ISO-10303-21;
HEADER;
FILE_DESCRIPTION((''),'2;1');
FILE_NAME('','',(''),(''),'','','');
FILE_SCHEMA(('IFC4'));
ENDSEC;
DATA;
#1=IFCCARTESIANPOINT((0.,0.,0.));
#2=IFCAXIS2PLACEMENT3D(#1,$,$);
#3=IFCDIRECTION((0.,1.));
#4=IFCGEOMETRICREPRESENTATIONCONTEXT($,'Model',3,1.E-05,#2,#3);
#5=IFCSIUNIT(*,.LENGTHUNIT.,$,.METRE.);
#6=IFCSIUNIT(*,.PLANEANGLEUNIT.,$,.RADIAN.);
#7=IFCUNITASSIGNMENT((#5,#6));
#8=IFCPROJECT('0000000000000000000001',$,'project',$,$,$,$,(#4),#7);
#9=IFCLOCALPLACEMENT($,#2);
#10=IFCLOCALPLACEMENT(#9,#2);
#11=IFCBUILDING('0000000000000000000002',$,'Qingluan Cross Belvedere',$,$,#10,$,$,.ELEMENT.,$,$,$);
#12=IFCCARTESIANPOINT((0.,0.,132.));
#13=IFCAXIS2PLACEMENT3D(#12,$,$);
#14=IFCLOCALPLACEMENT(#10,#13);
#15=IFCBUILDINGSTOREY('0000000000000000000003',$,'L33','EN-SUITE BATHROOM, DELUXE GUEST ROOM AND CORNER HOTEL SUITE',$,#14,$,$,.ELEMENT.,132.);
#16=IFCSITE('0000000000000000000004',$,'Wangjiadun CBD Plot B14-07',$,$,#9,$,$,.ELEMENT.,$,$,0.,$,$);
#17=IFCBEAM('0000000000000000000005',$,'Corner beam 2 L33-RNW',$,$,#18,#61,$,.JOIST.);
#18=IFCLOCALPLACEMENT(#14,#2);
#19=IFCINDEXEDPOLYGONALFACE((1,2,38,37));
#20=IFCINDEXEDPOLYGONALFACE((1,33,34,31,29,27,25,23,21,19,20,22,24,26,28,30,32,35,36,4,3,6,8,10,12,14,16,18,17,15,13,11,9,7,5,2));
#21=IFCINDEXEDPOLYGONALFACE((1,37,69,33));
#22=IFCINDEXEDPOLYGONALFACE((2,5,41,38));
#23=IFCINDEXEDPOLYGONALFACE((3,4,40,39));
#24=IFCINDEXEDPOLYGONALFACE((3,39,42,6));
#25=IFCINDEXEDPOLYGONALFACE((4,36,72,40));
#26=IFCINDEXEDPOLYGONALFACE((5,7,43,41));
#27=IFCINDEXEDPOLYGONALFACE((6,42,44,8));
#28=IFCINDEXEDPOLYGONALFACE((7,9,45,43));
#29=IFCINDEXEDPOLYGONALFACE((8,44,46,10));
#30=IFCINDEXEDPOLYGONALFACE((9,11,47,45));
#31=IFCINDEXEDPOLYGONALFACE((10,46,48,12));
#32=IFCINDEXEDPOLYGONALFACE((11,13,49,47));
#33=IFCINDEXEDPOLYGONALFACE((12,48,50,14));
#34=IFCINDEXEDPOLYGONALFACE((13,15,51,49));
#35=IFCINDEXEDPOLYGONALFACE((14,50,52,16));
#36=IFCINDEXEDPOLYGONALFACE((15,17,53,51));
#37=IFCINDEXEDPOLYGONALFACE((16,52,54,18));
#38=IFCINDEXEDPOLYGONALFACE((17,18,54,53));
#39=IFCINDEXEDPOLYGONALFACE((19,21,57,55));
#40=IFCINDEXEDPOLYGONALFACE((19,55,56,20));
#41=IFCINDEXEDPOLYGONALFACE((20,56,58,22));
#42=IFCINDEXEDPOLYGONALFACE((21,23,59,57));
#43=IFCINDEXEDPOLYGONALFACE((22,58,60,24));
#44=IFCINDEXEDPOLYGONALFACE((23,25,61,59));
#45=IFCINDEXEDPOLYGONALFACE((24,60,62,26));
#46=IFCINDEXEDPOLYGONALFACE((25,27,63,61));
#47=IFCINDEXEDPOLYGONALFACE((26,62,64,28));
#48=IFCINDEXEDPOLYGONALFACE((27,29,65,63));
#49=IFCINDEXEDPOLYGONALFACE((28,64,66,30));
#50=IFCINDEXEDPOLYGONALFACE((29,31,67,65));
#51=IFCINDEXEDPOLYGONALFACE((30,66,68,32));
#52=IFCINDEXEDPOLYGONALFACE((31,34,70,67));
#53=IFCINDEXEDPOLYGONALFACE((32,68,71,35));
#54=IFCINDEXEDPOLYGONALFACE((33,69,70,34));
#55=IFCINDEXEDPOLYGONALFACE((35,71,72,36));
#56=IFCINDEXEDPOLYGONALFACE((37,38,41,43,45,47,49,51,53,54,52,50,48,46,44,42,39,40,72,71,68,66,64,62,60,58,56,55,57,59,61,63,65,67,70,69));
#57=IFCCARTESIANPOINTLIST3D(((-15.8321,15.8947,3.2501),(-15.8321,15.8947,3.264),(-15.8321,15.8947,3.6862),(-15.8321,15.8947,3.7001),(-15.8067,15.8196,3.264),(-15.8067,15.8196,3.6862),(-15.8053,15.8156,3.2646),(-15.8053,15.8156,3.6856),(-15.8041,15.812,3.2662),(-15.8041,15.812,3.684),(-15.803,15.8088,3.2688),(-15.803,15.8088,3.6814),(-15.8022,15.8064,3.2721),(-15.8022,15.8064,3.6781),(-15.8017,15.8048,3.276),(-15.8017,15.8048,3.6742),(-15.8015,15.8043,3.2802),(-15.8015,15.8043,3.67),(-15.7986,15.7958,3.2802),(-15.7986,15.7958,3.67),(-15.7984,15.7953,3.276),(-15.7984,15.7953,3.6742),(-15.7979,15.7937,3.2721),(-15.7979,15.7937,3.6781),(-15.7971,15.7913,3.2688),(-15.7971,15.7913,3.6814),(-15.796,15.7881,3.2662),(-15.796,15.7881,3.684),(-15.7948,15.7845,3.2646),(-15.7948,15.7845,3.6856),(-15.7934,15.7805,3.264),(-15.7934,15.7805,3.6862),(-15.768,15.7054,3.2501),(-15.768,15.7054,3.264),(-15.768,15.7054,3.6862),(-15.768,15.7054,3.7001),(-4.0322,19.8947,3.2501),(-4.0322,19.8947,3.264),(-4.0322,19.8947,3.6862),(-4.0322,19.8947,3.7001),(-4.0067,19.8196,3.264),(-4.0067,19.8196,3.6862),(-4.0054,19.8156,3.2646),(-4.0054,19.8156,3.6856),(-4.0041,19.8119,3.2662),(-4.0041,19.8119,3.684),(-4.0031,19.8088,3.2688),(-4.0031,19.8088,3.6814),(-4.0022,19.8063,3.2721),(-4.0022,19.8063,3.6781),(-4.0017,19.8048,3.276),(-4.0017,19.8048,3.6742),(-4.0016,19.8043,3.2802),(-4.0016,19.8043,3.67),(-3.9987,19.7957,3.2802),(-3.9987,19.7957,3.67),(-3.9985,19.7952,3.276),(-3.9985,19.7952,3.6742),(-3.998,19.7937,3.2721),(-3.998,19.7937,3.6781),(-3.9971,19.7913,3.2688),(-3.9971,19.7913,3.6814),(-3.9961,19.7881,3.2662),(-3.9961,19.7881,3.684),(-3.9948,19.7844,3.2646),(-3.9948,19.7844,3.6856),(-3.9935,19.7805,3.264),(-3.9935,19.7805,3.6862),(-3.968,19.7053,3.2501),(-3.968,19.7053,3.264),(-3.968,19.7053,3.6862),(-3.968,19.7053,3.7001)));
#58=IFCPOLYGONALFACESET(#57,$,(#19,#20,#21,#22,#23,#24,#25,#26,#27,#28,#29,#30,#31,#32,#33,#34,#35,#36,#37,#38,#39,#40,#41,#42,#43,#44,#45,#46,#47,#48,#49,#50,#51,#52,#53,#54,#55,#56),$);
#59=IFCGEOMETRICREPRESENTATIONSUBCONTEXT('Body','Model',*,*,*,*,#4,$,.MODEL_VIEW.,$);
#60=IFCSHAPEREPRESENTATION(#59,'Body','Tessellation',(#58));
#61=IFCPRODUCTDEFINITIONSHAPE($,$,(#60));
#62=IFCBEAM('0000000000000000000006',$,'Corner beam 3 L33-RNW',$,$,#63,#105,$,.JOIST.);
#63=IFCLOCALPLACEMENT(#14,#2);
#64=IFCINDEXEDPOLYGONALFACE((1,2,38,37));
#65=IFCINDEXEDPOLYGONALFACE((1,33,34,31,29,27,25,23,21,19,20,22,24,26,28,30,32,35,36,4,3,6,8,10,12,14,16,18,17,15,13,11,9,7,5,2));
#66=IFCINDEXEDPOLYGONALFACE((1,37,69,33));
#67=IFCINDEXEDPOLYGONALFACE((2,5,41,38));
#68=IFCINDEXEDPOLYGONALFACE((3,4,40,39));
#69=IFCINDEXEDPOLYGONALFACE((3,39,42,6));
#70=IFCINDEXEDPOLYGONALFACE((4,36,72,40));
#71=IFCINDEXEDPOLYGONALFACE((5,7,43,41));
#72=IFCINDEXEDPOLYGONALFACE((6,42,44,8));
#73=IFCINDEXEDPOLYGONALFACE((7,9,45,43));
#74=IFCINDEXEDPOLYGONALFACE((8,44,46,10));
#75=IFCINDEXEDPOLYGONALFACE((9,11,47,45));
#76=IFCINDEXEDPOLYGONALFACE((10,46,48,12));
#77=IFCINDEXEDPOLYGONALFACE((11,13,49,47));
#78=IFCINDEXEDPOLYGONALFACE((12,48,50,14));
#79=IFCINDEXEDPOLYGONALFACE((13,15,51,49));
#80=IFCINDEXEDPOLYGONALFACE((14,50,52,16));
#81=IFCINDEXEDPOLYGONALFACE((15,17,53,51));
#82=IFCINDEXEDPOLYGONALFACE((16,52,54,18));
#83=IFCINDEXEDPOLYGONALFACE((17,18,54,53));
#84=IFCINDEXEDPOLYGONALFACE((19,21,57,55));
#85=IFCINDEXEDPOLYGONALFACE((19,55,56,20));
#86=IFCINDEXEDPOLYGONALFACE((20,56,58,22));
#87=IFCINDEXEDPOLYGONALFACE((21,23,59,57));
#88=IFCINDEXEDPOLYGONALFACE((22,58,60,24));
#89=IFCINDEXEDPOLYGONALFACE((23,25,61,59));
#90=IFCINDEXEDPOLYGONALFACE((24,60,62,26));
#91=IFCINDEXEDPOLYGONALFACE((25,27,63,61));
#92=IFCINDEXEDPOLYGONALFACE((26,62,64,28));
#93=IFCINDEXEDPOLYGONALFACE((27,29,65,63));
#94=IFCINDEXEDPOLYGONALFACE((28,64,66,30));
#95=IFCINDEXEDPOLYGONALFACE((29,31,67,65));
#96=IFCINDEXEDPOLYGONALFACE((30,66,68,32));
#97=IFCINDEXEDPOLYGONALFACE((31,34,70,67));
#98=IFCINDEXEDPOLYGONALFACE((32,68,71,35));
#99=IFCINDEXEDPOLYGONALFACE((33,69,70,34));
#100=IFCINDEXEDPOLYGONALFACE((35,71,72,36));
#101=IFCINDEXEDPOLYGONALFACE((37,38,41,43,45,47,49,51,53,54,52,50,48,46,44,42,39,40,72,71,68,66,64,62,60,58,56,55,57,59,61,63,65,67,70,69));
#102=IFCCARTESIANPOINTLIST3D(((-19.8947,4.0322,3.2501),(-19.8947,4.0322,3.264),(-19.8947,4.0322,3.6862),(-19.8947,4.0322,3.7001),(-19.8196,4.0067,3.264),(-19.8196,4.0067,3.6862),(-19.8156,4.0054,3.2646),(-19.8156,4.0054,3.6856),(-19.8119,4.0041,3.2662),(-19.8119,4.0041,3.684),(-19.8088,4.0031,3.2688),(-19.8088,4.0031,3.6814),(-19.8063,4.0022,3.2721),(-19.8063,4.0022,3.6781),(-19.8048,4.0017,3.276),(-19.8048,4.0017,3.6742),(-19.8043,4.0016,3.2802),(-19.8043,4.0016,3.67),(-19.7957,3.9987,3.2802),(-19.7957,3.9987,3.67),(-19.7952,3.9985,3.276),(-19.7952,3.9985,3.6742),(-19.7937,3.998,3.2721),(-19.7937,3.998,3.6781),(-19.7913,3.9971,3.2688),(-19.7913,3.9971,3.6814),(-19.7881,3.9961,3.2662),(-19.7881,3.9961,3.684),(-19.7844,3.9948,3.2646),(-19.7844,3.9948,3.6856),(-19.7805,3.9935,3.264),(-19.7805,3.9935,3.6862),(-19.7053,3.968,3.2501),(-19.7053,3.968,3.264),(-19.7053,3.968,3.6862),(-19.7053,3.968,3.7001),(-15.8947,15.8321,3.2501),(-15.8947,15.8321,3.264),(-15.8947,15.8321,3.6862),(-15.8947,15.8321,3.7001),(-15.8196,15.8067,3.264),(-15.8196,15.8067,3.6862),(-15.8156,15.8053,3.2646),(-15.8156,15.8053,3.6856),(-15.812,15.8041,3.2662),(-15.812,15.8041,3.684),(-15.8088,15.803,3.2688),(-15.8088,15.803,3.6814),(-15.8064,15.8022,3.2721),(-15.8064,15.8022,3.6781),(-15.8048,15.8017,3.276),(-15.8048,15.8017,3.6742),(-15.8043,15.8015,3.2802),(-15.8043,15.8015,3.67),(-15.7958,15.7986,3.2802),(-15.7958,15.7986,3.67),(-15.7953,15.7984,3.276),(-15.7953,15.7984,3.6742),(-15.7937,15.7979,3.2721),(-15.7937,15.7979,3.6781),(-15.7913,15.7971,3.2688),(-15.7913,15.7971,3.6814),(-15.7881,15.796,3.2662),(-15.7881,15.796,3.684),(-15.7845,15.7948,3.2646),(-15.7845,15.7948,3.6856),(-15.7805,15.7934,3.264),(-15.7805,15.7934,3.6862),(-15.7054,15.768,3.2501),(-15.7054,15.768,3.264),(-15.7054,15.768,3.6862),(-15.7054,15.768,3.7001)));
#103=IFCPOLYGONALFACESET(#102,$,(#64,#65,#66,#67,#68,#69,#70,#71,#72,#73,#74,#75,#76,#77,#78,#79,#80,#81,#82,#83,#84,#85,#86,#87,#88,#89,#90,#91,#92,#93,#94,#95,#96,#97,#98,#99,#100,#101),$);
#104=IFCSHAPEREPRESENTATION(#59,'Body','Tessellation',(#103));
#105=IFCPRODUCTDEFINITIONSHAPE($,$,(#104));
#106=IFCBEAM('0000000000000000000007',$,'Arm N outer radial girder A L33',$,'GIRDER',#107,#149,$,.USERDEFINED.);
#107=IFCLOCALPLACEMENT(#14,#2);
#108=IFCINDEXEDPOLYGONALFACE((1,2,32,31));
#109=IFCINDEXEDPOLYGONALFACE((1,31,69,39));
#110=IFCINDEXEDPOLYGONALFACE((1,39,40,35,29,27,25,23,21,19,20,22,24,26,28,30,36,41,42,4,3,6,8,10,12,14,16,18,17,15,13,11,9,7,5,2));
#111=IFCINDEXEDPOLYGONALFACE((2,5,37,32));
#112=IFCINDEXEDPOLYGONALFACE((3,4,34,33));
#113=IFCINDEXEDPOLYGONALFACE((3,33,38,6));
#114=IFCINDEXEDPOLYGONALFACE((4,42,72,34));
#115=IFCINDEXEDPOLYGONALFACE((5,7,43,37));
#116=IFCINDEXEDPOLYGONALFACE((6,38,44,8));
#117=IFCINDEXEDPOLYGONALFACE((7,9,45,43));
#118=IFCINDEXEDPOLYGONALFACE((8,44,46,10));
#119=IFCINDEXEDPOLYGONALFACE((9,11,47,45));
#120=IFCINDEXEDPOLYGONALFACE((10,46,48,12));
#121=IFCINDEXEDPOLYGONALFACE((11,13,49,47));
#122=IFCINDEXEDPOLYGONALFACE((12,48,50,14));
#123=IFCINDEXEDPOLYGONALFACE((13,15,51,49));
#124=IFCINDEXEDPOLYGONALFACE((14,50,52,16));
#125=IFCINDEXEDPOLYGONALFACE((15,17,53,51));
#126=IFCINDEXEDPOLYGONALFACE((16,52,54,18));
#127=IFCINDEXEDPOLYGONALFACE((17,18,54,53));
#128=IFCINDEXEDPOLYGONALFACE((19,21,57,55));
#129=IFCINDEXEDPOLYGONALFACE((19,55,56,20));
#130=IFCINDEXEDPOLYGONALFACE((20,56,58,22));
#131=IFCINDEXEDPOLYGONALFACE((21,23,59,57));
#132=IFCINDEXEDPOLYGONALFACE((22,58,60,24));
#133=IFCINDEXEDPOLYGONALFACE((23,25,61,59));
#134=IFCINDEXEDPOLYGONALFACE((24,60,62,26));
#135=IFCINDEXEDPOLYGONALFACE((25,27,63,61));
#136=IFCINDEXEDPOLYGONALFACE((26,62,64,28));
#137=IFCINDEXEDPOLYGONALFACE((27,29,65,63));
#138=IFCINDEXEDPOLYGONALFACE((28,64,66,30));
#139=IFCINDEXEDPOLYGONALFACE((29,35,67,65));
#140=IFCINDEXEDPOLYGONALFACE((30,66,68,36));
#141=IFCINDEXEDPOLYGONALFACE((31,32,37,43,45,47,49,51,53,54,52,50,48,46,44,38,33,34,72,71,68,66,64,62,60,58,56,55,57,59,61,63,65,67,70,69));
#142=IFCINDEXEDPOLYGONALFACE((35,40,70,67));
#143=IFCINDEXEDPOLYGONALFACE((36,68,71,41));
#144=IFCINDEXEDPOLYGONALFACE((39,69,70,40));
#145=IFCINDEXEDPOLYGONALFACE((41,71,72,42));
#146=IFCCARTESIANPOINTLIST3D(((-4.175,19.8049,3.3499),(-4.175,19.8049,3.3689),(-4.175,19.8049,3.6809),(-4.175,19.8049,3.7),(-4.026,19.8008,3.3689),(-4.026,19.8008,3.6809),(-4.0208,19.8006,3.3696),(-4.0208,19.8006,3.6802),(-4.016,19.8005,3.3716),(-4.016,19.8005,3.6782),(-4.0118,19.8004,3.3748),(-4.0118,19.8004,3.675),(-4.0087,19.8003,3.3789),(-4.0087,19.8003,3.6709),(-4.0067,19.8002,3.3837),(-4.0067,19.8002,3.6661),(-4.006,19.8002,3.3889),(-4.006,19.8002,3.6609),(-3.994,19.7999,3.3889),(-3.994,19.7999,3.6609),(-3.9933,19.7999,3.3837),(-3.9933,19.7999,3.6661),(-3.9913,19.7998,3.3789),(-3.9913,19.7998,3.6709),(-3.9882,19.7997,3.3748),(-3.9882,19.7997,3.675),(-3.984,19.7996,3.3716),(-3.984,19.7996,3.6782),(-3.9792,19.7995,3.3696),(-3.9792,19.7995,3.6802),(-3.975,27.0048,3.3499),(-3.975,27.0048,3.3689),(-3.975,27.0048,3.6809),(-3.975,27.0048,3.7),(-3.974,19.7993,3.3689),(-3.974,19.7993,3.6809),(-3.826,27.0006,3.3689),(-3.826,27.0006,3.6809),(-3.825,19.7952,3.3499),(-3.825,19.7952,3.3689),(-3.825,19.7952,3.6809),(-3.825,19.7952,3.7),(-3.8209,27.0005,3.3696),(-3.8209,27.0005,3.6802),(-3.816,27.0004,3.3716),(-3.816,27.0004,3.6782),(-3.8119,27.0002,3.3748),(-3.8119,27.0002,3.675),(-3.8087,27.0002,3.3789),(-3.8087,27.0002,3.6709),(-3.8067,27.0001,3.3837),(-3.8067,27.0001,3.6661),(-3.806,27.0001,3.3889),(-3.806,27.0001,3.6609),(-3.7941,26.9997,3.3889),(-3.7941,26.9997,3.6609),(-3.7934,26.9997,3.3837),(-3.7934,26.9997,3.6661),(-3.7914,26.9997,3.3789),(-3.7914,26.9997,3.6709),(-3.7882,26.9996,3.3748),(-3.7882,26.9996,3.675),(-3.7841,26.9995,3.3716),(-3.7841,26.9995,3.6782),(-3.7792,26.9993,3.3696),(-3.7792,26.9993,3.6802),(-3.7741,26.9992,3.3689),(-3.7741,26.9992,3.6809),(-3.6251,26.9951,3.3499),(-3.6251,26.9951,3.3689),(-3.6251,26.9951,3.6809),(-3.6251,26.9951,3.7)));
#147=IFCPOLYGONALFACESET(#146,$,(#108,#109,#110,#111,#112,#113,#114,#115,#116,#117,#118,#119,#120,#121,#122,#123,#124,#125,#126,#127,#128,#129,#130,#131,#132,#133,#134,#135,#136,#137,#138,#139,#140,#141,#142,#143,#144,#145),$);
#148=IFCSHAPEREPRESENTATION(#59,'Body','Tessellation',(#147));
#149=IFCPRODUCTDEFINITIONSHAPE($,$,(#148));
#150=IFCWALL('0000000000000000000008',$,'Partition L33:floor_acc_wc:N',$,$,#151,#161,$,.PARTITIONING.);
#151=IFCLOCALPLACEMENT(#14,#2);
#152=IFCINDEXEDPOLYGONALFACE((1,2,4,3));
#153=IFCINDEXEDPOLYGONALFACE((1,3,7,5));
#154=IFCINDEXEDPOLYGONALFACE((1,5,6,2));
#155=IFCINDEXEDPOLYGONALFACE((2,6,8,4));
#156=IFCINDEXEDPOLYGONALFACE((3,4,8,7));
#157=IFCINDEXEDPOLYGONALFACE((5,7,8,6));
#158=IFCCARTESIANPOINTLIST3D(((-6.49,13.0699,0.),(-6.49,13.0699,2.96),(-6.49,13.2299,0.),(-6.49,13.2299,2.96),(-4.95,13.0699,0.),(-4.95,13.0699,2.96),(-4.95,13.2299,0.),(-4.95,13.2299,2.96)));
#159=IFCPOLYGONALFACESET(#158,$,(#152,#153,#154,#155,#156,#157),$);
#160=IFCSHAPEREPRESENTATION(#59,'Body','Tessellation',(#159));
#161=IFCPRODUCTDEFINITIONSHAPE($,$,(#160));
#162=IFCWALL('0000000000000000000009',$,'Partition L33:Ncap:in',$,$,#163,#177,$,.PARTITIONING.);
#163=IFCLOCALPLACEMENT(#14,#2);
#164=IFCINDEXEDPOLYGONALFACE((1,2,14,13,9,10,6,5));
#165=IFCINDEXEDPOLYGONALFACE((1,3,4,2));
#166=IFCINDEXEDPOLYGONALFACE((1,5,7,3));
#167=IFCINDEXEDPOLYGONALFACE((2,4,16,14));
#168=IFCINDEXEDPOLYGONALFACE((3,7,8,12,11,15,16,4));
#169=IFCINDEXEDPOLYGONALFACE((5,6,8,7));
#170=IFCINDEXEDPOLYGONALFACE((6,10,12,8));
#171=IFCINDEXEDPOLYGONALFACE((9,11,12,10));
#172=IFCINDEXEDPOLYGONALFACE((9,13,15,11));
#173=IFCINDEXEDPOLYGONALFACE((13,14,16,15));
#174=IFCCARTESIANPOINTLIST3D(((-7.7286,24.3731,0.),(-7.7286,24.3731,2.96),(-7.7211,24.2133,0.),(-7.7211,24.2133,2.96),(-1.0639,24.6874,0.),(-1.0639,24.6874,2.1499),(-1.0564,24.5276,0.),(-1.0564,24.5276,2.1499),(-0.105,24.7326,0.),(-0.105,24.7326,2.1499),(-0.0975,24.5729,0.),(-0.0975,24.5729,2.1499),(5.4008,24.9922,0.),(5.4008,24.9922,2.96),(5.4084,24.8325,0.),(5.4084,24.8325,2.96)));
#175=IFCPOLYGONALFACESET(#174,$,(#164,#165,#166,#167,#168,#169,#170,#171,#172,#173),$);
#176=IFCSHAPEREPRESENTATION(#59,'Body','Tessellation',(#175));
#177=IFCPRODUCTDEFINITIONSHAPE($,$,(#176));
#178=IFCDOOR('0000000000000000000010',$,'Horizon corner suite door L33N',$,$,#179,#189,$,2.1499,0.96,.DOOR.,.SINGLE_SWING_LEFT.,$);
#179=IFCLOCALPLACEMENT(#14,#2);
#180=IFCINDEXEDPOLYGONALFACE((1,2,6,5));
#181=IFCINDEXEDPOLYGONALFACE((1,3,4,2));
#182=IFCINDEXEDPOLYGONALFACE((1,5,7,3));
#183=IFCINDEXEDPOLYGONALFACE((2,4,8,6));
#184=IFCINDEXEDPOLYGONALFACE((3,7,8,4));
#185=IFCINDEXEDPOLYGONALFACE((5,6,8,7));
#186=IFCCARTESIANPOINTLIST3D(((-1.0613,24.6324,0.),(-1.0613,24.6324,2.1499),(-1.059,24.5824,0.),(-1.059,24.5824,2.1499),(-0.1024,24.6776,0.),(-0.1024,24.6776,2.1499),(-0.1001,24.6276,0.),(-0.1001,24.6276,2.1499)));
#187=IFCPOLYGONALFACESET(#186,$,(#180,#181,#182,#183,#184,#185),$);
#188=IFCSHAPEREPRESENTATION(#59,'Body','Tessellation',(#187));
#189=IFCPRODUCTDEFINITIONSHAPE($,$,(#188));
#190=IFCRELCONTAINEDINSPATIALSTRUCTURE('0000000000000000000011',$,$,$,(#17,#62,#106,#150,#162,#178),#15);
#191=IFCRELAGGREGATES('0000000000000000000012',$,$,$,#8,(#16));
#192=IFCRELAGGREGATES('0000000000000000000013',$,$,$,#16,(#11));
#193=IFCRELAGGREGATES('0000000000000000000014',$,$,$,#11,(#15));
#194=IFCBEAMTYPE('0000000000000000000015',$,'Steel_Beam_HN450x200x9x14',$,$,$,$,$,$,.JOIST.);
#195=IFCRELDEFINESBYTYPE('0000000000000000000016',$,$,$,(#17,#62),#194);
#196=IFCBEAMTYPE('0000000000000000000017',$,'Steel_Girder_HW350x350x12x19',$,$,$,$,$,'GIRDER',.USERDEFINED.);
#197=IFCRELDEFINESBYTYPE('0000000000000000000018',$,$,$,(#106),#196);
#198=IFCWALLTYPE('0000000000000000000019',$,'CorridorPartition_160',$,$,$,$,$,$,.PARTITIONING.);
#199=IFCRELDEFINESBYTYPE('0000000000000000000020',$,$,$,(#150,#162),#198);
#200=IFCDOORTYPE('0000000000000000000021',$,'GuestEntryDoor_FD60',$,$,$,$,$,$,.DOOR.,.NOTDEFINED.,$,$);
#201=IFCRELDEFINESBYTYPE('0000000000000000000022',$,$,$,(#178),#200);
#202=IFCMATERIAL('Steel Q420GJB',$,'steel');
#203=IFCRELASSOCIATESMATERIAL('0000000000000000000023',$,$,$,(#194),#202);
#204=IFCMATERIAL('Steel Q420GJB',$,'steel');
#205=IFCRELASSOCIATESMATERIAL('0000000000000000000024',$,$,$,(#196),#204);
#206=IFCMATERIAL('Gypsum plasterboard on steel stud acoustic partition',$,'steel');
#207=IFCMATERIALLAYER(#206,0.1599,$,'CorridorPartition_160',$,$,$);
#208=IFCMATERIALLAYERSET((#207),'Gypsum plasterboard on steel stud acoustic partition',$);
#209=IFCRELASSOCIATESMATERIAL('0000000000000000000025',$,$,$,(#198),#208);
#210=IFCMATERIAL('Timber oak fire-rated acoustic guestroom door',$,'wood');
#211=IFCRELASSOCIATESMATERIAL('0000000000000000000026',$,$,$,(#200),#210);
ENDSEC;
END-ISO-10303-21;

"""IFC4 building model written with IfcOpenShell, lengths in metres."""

from ifc_helpers import new_model, si_unit, direction, frame, frame_2d, origin, origin_2d, place, context, subcontext, project, spatial, rectangle, i_section, extrude, material, layer, layer_set, material_profile, profile_set, type_object, element, fill, save


model = new_model("IFC4")

# Units and contexts
model_context = context("Model", 3, precision=1e-05, world=origin(), true_north=direction((0.0, 1.0)))
body_context = subcontext(model_context, "Body", "Model", "MODEL_VIEW")
ifc_project = project(units=[si_unit("LENGTHUNIT", "METRE"), si_unit("PLANEANGLEUNIT", "RADIAN")], contexts=[model_context])

# Site, building, storey
site_placement = place(None, origin())
site = spatial("IfcSite", under=ifc_project, at=site_placement, Name="Wangjiadun CBD Plot B14-07", CompositionType="ELEMENT", RefElevation=0.0)
building_placement = place(site_placement, origin())
building = spatial("IfcBuilding", under=site, at=building_placement, Name="Qingluan Cross Belvedere", CompositionType="ELEMENT")
storey_placement = place(building_placement, frame((0.0, 0.0, 132.0)))
storey = spatial("IfcBuildingStorey", under=building, at=storey_placement, Name="L33", Description="EN-SUITE BATHROOM, DELUXE GUEST ROOM AND CORNER HOTEL SUITE", CompositionType="ELEMENT", Elevation=132.0)

# Beams
ifc_material_1 = material(Name="Steel Q420GJB", Category="steel")
ifc_material_profile_1 = material_profile(ifc_material_1, i_section(OverallWidth=0.2, OverallDepth=0.45, WebThickness=0.009, FlangeThickness=0.0139, FilletRadius=0.0161, at=origin_2d()), Name="HN450x200x9x14")
ifc_profile_set_1 = profile_set([ifc_material_profile_1], Name="Steel Q420GJB")
beam_type_1 = type_object("IfcBeamType", Name="Steel_Beam_HN450x200x9x14", PredefinedType="JOIST", material=ifc_profile_set_1)
for number, where, z_axis, x_axis, name in (
    (1, (-15.8, 15.8, 3.4751), (0.947066, 0.321038, 0.0), (-0.321038, 0.947066, 0.0), "Corner beam 2 L33-RNW"),
    (2, (-15.8, 15.8, 3.4751), (-0.321038, -0.947066, 0.0), (0.947066, -0.321038, 0.0), "Corner beam 3 L33-RNW"),
):
    element("IfcBeam", number, at=place(storey_placement, frame(where, z_axis=z_axis, x_axis=x_axis)), inside=storey, type_object=beam_type_1, Name=name, PredefinedType="JOIST", context=body_context, shape_type="SweptSolid", body=[
        extrude(i_section(OverallWidth=0.2, OverallDepth=0.45, WebThickness=0.009, FlangeThickness=0.0139, FilletRadius=0.0161, at=origin_2d()), origin(), (0.0, 0.0, 1.0), 12.4595),
    ])
ifc_material_2 = material(Name="Steel Q420GJB", Category="steel")
ifc_material_profile_2 = material_profile(ifc_material_2, i_section(OverallWidth=0.3501, OverallDepth=0.3501, WebThickness=0.012, FlangeThickness=0.019, FilletRadius=0.02, at=origin_2d()), Name="HW350x350x12x19")
ifc_profile_set_2 = profile_set([ifc_material_profile_2], Name="Steel Q420GJB")
beam_type_2 = type_object("IfcBeamType", Name="Steel_Girder_HW350x350x12x19", ElementType="GIRDER", PredefinedType="USERDEFINED", material=ifc_profile_set_2)
beam_1_placement = place(storey_placement, frame((-4.0, 19.8, 3.5249), z_axis=(0.02776, 0.999615, 0.0), x_axis=(-0.999615, 0.02776, 0.0)))
element("IfcBeam", 3, at=beam_1_placement, inside=storey, type_object=beam_type_2, Name="Arm N outer radial girder A L33", ObjectType="GIRDER", PredefinedType="USERDEFINED", context=body_context, shape_type="SweptSolid", body=[
    extrude(i_section(OverallWidth=0.3501, OverallDepth=0.3501, WebThickness=0.012, FlangeThickness=0.019, FilletRadius=0.02, at=origin_2d()), origin(), (0.0, 0.0, 1.0), 7.2026),
])

# Wall
ifc_material_3 = material(Name="Gypsum plasterboard on steel stud acoustic partition", Category="steel")
ifc_layer_1 = layer(ifc_material_3, 0.1599, Name="CorridorPartition_160")
ifc_layer_set_1 = layer_set([ifc_layer_1], Name="Gypsum plasterboard on steel stud acoustic partition")
wall_type_1 = type_object("IfcWallType", Name="CorridorPartition_160", PredefinedType="PARTITIONING", material=ifc_layer_set_1)
wall_1_placement = place(storey_placement, frame((-6.49, 13.1499, 0.0), z_axis=(0.0, 0.0, 1.0), x_axis=(1.0, 0.0, 0.0)))
element("IfcWall", 4, at=wall_1_placement, inside=storey, type_object=wall_type_1, Name="Partition L33:floor_acc_wc:N", PredefinedType="PARTITIONING", context=body_context, shape_type="SweptSolid", body=[
    extrude(rectangle(XDim=1.54, YDim=0.1599, at=frame_2d((0.77, 0.0))), origin(), (0.0, 0.0, 1.0), 2.96),
])

# Wall, opening, door
wall_2_placement = place(storey_placement, frame((-7.7249, 24.2932, 0.0), z_axis=(0.0, 0.0, 1.0), x_axis=(0.99889, 0.047104, 0.0)))
wall_2 = element("IfcWall", 5, at=wall_2_placement, inside=storey, type_object=wall_type_1, Name="Partition L33:Ncap:in", PredefinedType="PARTITIONING", context=body_context, shape_type="SweptSolid", body=[
    extrude(rectangle(XDim=13.144, YDim=0.1599, at=frame_2d((6.572, 0.0))), origin(), (0.0, 0.0, 1.0), 2.96),
])
opening_1_placement = place(wall_2_placement, frame((6.6721, 0.0, 0.0)))
opening_1 = element("IfcOpeningElement", 6, at=opening_1_placement, cuts=wall_2, PredefinedType="OPENING", context=body_context, shape_type="SweptSolid", body=[
    extrude(rectangle(XDim=0.96, YDim=2.1499, at=frame_2d((0.48, 1.075))), frame((0.0, 0.0898, 0.0), z_axis=(0.0, -1.0, 0.0), x_axis=(1.0, 0.0, 0.0)), (0.0, 0.0, 1.0), 0.1799),
])
ifc_material_4 = material(Name="Timber oak fire-rated acoustic guestroom door", Category="wood")
door_type_1 = type_object("IfcDoorType", Name="GuestEntryDoor_FD60", OperationType="NOTDEFINED", PredefinedType="DOOR", material=ifc_material_4)
door_1_placement = place(opening_1_placement, origin())
door_1 = element("IfcDoor", 7, at=door_1_placement, inside=storey, type_object=door_type_1, Name="Horizon corner suite door L33N", OperationType="SINGLE_SWING_LEFT", OverallHeight=2.1499, OverallWidth=0.96, PredefinedType="DOOR", context=body_context, shape_type="SweptSolid", body=[
    extrude(rectangle(XDim=0.96, YDim=2.1499, at=frame_2d((0.48, 1.075))), frame((0.0, 0.0249, 0.0), z_axis=(0.0, -1.0, 0.0), x_axis=(1.0, 0.0, 0.0)), (0.0, 0.0, 1.0), 0.05),
])
fill(opening_1, door_1)

save(model, "model.ifc")
